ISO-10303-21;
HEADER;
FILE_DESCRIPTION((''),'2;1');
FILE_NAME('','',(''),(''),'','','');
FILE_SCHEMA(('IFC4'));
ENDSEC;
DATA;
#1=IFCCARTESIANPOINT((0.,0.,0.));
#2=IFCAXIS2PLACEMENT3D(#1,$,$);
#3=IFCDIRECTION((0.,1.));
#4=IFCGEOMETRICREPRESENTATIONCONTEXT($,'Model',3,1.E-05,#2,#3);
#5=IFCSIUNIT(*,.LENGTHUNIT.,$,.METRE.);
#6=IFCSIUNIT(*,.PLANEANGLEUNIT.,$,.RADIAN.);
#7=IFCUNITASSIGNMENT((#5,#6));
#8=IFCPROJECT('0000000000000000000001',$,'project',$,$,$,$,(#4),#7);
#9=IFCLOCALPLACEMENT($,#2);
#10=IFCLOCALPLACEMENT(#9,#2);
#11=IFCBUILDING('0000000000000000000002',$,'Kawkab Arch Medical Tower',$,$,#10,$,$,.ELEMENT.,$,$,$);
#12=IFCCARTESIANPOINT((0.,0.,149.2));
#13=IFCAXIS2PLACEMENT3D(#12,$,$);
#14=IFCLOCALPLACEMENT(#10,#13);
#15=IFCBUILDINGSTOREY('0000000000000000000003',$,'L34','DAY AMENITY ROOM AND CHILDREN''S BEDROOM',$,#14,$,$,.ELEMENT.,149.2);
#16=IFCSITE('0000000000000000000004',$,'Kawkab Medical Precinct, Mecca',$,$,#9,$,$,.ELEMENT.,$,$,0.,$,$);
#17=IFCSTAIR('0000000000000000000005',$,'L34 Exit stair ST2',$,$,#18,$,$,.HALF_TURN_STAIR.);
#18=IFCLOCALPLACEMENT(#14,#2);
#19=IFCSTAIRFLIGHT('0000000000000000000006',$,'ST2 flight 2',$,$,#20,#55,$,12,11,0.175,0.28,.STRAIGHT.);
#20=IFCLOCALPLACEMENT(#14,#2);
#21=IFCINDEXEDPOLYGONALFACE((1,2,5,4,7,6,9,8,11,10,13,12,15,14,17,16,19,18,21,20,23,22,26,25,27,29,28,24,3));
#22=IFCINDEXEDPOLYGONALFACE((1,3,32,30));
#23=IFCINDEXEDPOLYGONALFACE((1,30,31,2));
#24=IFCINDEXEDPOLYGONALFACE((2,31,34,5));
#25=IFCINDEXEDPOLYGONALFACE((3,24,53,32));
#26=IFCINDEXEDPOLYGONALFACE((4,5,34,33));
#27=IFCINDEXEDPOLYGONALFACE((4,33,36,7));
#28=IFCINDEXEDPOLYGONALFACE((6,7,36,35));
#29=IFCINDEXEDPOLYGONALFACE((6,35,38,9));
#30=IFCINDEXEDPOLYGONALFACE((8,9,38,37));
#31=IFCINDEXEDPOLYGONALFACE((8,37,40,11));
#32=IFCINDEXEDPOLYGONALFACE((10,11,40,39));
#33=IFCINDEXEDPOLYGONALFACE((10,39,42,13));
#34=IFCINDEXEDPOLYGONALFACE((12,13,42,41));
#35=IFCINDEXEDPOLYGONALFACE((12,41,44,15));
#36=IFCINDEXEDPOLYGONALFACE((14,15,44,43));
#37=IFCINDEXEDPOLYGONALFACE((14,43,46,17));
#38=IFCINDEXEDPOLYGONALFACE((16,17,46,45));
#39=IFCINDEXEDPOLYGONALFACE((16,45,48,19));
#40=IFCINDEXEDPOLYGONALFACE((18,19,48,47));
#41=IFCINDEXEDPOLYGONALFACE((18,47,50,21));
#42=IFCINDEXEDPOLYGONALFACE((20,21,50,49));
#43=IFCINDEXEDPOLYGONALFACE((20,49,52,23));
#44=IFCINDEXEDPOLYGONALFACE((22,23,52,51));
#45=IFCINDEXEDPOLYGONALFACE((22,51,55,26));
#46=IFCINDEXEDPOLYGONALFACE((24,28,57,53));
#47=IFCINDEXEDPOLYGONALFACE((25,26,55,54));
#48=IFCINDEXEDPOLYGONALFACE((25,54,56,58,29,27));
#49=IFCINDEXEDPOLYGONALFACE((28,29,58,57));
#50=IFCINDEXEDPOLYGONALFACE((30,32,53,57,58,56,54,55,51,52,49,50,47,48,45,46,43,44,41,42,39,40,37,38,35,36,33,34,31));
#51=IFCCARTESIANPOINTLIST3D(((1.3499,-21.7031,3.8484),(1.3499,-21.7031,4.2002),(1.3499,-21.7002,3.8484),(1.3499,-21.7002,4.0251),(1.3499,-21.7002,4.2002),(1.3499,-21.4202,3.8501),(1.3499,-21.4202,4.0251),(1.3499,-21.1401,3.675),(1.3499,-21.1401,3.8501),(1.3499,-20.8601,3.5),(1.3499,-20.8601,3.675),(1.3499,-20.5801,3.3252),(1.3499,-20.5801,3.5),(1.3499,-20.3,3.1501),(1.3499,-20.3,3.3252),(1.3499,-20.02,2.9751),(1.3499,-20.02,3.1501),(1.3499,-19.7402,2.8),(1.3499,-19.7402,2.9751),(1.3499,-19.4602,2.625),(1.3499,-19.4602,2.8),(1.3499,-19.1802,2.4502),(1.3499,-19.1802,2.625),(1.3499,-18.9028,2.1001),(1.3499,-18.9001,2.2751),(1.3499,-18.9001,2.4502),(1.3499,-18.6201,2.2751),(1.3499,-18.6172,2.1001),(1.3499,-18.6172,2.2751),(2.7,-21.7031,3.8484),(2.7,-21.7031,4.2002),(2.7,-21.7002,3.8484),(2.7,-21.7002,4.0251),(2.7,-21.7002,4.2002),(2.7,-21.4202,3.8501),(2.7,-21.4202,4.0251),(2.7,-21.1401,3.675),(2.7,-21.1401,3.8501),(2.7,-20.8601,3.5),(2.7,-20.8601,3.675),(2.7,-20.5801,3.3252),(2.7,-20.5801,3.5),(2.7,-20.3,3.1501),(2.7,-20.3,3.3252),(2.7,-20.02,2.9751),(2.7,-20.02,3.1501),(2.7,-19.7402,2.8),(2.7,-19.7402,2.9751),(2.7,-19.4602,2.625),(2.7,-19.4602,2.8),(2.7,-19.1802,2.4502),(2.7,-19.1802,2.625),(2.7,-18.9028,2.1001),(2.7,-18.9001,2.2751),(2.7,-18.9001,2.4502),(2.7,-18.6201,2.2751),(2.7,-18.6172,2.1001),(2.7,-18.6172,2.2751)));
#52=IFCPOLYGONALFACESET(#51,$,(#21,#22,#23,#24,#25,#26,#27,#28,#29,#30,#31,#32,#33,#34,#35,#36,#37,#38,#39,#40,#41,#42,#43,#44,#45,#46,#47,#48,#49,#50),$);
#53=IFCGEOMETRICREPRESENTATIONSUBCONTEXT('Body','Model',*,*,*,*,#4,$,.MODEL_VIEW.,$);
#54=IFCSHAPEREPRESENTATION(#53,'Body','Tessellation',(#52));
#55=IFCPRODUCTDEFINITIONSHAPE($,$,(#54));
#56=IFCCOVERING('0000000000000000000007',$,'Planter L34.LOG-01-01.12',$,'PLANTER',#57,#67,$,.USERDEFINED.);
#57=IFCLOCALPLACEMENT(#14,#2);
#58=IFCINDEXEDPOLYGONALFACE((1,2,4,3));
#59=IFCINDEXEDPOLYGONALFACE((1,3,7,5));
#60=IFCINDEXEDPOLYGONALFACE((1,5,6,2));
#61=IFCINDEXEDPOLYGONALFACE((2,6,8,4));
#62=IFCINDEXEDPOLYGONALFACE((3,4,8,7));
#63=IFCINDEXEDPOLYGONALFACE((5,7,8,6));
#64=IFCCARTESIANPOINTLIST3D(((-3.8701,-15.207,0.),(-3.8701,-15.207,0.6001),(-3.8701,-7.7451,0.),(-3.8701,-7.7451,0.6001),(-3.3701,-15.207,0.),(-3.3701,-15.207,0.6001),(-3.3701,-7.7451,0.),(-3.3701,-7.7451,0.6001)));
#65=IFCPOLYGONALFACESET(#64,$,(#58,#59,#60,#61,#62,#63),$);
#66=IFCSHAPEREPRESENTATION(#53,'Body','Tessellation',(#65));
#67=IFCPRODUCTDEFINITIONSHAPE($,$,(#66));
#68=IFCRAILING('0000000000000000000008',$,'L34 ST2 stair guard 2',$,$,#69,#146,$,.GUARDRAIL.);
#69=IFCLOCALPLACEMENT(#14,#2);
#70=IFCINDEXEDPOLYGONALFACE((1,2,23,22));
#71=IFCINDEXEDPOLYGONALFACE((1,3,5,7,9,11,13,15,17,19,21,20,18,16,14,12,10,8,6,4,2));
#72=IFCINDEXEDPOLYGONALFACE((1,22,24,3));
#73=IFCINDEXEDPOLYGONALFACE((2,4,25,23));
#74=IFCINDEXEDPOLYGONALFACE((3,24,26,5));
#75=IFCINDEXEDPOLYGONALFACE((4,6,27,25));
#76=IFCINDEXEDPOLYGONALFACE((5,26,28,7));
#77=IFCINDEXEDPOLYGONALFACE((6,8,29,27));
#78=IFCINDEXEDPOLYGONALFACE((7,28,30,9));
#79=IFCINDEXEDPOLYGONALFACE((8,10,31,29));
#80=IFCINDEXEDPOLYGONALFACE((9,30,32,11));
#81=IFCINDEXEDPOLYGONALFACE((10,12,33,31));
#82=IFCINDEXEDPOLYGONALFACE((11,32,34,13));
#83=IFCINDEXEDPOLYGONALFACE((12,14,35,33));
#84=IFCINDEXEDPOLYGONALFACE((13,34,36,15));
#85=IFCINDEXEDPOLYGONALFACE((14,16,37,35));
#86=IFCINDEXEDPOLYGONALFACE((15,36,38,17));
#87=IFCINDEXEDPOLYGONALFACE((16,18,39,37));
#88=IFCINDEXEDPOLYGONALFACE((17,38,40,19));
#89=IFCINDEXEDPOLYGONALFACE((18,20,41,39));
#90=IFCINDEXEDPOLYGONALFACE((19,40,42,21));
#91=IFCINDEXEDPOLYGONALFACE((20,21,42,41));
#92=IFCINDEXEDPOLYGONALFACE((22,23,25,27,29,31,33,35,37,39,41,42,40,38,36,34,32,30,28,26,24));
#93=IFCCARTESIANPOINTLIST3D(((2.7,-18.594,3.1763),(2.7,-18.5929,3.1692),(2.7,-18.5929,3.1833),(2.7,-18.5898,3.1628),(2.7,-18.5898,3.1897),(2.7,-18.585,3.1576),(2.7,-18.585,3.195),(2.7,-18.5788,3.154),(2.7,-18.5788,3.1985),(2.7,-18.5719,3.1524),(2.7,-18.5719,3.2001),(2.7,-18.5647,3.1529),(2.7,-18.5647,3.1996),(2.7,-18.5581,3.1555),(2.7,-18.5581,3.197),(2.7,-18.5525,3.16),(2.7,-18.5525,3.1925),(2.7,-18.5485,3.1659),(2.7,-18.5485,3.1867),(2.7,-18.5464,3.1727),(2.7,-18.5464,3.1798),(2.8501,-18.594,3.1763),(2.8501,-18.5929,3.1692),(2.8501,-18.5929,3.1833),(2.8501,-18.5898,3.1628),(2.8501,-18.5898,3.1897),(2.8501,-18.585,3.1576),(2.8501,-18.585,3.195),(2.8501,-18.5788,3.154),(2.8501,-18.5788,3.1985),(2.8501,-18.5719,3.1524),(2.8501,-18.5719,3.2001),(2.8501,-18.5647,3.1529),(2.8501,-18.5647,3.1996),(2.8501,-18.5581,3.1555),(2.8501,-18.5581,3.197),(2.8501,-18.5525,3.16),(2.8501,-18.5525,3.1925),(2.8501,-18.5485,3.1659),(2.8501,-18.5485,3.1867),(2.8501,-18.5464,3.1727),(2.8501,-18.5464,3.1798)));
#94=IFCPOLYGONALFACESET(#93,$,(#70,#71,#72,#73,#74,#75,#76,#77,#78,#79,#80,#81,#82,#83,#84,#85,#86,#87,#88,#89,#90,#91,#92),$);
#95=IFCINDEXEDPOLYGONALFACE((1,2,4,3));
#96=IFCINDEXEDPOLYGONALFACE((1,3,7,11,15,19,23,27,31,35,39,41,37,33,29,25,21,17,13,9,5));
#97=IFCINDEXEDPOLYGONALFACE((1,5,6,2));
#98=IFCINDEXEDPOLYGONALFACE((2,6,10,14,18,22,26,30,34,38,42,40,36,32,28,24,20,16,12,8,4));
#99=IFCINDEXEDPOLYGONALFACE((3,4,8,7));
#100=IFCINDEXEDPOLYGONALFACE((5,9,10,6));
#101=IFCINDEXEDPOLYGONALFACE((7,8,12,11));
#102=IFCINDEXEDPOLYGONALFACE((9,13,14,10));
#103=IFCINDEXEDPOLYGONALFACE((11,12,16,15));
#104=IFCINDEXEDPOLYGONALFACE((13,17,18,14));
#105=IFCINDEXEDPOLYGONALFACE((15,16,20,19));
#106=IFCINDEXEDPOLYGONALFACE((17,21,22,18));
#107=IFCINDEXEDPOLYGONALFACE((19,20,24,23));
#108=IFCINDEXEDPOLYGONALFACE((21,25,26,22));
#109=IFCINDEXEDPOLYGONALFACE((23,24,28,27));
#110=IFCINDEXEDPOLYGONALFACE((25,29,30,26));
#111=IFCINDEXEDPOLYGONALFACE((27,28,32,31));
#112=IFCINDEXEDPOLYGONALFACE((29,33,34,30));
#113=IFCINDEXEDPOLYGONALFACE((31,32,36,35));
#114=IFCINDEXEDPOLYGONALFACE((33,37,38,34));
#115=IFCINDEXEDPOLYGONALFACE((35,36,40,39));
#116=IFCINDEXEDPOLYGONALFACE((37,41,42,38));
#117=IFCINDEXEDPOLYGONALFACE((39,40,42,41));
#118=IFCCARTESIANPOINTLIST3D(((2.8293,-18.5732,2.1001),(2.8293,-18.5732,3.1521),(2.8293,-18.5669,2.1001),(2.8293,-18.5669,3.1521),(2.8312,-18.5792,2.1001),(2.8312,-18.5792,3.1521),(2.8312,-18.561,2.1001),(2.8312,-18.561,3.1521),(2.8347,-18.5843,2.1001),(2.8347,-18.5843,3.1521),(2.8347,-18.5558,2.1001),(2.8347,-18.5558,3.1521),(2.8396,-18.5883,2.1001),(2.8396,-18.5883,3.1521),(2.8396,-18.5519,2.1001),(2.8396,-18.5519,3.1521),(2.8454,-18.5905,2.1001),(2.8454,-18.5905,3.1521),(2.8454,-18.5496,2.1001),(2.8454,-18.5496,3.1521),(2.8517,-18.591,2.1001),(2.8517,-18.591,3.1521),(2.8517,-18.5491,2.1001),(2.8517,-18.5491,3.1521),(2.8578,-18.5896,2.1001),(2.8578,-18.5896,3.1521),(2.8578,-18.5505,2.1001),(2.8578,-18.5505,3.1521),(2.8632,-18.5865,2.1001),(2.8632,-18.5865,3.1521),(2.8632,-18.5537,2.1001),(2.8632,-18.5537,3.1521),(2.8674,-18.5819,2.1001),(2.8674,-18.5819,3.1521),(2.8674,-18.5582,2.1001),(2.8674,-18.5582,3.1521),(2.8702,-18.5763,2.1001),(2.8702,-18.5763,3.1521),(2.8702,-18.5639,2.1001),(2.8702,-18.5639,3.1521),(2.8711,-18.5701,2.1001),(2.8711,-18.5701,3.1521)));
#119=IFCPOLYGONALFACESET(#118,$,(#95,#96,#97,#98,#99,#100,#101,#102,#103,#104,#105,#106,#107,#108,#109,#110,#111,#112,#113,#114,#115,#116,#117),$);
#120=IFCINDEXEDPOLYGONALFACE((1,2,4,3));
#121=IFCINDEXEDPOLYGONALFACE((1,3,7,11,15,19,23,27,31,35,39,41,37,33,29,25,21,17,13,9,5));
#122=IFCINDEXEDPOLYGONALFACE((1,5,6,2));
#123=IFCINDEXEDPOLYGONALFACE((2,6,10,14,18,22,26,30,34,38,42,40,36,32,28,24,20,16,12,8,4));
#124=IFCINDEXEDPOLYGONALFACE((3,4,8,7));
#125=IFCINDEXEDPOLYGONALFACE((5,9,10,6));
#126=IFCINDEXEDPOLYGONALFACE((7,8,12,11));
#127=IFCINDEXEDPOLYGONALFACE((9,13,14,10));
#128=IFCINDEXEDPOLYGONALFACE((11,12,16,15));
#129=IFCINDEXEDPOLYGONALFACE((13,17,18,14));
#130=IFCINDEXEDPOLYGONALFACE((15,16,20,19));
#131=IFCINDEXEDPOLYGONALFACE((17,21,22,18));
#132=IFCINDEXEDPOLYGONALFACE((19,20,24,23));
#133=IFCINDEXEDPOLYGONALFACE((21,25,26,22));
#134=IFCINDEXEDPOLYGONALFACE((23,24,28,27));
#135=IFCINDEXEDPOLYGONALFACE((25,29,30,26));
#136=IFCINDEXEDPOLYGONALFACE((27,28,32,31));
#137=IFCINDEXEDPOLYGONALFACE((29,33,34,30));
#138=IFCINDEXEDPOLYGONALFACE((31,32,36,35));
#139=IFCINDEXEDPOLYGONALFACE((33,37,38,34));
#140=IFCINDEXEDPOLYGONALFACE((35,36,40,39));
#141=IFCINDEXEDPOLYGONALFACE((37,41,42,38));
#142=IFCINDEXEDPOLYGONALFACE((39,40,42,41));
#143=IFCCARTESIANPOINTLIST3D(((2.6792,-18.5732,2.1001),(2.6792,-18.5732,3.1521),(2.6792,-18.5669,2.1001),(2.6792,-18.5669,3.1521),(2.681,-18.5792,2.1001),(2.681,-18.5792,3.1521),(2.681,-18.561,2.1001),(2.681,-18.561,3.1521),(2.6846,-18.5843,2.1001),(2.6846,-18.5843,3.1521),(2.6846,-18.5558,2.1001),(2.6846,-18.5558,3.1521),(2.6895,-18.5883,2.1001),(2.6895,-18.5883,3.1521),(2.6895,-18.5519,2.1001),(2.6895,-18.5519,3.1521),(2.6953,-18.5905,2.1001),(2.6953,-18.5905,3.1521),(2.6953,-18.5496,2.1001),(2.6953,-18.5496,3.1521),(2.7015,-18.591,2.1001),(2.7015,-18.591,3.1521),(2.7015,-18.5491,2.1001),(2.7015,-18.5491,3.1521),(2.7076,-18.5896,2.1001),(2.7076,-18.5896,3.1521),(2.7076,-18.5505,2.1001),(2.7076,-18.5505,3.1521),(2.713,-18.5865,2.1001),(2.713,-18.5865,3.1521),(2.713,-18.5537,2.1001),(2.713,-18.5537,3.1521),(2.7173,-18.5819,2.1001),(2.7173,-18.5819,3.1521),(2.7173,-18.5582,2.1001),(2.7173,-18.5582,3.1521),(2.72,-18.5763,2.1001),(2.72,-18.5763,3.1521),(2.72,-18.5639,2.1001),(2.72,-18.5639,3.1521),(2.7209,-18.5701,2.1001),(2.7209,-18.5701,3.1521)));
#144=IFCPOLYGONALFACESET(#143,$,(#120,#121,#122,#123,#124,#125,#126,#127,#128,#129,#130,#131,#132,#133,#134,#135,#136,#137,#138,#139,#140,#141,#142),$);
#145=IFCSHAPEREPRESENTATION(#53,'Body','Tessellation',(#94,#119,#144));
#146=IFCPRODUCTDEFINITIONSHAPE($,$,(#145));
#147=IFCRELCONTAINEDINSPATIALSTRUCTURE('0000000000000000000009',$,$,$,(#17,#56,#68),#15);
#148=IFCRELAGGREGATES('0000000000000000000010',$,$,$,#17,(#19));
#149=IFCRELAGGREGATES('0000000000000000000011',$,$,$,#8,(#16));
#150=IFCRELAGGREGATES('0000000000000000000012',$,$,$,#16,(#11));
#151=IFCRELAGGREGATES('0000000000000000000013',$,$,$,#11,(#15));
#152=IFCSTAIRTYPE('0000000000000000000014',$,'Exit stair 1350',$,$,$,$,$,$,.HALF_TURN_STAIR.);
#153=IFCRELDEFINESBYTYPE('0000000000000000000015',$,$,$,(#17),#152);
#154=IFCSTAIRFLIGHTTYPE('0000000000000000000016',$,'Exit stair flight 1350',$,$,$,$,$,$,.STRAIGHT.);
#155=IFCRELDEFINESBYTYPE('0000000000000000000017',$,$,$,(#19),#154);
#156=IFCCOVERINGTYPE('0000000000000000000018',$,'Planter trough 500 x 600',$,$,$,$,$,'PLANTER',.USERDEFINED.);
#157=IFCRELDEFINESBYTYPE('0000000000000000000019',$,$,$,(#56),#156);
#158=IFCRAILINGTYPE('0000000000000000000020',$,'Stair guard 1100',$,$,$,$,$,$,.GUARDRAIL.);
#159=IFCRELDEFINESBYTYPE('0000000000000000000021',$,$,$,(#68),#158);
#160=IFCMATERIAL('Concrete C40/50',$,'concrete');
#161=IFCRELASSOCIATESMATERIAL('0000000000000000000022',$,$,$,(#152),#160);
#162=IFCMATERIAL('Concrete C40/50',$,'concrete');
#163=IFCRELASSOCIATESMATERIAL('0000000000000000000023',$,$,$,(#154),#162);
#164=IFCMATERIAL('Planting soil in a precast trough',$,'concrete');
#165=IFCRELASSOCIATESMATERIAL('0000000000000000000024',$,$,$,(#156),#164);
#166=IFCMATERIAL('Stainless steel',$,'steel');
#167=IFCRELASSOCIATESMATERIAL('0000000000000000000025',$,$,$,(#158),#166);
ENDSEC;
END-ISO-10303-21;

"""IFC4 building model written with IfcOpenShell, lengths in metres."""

from ifc_helpers import new_model, si_unit, direction, frame, origin, origin_2d, place, context, subcontext, project, spatial, polyline, rectangle, circle, outline, extrude, material, material_profile, profile_set, type_object, element, aggregate, save


model = new_model("IFC4")

# Units and contexts
model_context = context("Model", 3, precision=1e-05, world=origin(), true_north=direction((0.0, 1.0)))
body_context = subcontext(model_context, "Body", "Model", "MODEL_VIEW")
ifc_project = project(units=[si_unit("LENGTHUNIT", "METRE"), si_unit("PLANEANGLEUNIT", "RADIAN")], contexts=[model_context])

# Site, building, storey
site_placement = place(None, origin())
site = spatial("IfcSite", under=ifc_project, at=site_placement, Name="Kawkab Medical Precinct, Mecca", CompositionType="ELEMENT", RefElevation=0.0)
building_placement = place(site_placement, origin())
building = spatial("IfcBuilding", under=site, at=building_placement, Name="Kawkab Arch Medical Tower", CompositionType="ELEMENT")
storey_placement = place(building_placement, frame((0.0, 0.0, 149.2)))
storey = spatial("IfcBuildingStorey", under=building, at=storey_placement, Name="L34", Description="DAY AMENITY ROOM AND CHILDREN'S BEDROOM", CompositionType="ELEMENT", Elevation=149.2)

# Shared definitions
placement = place(storey_placement, origin())

# Stair, stair flight
ifc_material_1 = material(Name="Concrete C40/50", Category="concrete")
stair_type = type_object("IfcStairType", Name="Exit stair 1350", PredefinedType="HALF_TURN_STAIR", material=ifc_material_1)
stair = element("IfcStair", 1, at=placement, inside=storey, type_object=stair_type, Name="L34 Exit stair ST2", PredefinedType="HALF_TURN_STAIR")
ifc_material_2 = material(Name="Concrete C40/50", Category="concrete")
stair_flight_type = type_object("IfcStairFlightType", Name="Exit stair flight 1350", PredefinedType="STRAIGHT", material=ifc_material_2)
stair_flight_placement = place(storey_placement, frame((2.0249, -18.6201, 2.1001), z_axis=(0.0, 0.0, 1.0), x_axis=(0.0, -1.0, 0.0)))
stair_flight = element("IfcStairFlight", 2, at=stair_flight_placement, type_object=stair_flight_type, Name="ST2 flight 2", NumberOfRisers=12, NumberOfTreads=11, PredefinedType="STRAIGHT", RiserHeight=0.175, TreadLength=0.28, context=body_context, shape_type="SweptSolid", body=[
    extrude(outline(polyline([(-0.0029, 0.0), (-0.0029, 0.175), (0.0, 0.175), (0.28, 0.175), (0.28, 0.3501), (0.5601, 0.3501), (0.5601, 0.5249), (0.8401, 0.5249), (0.8401, 0.7), (1.1201, 0.7), (1.1201, 0.875), (1.3999, 0.875), (1.3999, 1.05), (1.6799, 1.05), (1.6799, 1.2251), (1.96, 1.2251), (1.96, 1.3999), (2.24, 1.3999), (2.24, 1.575), (2.52, 1.575), (2.52, 1.75), (2.8, 1.75), (2.8, 1.925), (3.0801, 1.925), (3.0801, 2.1001), (3.083, 2.1001), (3.083, 1.7483), (3.0801, 1.7483), (0.2827, 0.0), (-0.0029, 0.0)])), frame((0.0, 0.675, 0.0), z_axis=(0.0, -1.0, 0.0), x_axis=(1.0, 0.0, 0.0)), (0.0, 0.0, 1.0), 1.3501),
])
aggregate(stair, [stair_flight])

# Covering
ifc_material_3 = material(Name="Planting soil in a precast trough", Category="concrete")
ifc_material_profile_1 = material_profile(ifc_material_3, rectangle(XDim=0.5, YDim=0.6001, at=origin_2d()), Name="Trough 500x600")
ifc_profile_set_1 = profile_set([ifc_material_profile_1], Name="Planting soil in a precast trough")
covering_type = type_object("IfcCoveringType", Name="Planter trough 500 x 600", ElementType="PLANTER", PredefinedType="USERDEFINED", material=ifc_profile_set_1)
covering_placement = place(storey_placement, frame((-3.6201, -15.207, 0.3), z_axis=(0.0, 1.0, 0.0), x_axis=(-1.0, 0.0, 0.0)))
element("IfcCovering", 3, at=covering_placement, inside=storey, type_object=covering_type, Name="Planter L34.LOG-01-01.12", ObjectType="PLANTER", PredefinedType="USERDEFINED", context=body_context, shape_type="SweptSolid", body=[
    extrude(rectangle(XDim=0.5, YDim=0.6001, at=origin_2d()), origin(), (0.0, 0.0, 1.0), 7.4619),
])

# Railing
ifc_material_4 = material(Name="Stainless steel", Category="steel")
railing_type = type_object("IfcRailingType", Name="Stair guard 1100", PredefinedType="GUARDRAIL", material=ifc_material_4)
railing_1_placement = place(storey_placement, frame((2.8501, -18.5701, 2.1001)))
element("IfcRailing", 4, at=railing_1_placement, inside=storey, type_object=railing_type, Name="L34 ST2 stair guard 2", PredefinedType="GUARDRAIL", context=body_context, shape_type="SweptSolid", body=[
    extrude(circle(Radius=0.0239, at=origin_2d()), frame((0.0, 0.0, 1.0762), z_axis=(-1.0, 0.0, 0.0), x_axis=(0.0, -1.0, 0.0)), (0.0, 0.0, 1.0), 0.1501),
    extrude(circle(Radius=0.021, at=origin_2d()), origin(), (0.0, 0.0, 1.0), 1.052),
    extrude(circle(Radius=0.021, at=origin_2d()), frame((-0.1501, 0.0, 0.0)), (0.0, 0.0, 1.0), 1.052),
])

save(model, "model.ifc")
